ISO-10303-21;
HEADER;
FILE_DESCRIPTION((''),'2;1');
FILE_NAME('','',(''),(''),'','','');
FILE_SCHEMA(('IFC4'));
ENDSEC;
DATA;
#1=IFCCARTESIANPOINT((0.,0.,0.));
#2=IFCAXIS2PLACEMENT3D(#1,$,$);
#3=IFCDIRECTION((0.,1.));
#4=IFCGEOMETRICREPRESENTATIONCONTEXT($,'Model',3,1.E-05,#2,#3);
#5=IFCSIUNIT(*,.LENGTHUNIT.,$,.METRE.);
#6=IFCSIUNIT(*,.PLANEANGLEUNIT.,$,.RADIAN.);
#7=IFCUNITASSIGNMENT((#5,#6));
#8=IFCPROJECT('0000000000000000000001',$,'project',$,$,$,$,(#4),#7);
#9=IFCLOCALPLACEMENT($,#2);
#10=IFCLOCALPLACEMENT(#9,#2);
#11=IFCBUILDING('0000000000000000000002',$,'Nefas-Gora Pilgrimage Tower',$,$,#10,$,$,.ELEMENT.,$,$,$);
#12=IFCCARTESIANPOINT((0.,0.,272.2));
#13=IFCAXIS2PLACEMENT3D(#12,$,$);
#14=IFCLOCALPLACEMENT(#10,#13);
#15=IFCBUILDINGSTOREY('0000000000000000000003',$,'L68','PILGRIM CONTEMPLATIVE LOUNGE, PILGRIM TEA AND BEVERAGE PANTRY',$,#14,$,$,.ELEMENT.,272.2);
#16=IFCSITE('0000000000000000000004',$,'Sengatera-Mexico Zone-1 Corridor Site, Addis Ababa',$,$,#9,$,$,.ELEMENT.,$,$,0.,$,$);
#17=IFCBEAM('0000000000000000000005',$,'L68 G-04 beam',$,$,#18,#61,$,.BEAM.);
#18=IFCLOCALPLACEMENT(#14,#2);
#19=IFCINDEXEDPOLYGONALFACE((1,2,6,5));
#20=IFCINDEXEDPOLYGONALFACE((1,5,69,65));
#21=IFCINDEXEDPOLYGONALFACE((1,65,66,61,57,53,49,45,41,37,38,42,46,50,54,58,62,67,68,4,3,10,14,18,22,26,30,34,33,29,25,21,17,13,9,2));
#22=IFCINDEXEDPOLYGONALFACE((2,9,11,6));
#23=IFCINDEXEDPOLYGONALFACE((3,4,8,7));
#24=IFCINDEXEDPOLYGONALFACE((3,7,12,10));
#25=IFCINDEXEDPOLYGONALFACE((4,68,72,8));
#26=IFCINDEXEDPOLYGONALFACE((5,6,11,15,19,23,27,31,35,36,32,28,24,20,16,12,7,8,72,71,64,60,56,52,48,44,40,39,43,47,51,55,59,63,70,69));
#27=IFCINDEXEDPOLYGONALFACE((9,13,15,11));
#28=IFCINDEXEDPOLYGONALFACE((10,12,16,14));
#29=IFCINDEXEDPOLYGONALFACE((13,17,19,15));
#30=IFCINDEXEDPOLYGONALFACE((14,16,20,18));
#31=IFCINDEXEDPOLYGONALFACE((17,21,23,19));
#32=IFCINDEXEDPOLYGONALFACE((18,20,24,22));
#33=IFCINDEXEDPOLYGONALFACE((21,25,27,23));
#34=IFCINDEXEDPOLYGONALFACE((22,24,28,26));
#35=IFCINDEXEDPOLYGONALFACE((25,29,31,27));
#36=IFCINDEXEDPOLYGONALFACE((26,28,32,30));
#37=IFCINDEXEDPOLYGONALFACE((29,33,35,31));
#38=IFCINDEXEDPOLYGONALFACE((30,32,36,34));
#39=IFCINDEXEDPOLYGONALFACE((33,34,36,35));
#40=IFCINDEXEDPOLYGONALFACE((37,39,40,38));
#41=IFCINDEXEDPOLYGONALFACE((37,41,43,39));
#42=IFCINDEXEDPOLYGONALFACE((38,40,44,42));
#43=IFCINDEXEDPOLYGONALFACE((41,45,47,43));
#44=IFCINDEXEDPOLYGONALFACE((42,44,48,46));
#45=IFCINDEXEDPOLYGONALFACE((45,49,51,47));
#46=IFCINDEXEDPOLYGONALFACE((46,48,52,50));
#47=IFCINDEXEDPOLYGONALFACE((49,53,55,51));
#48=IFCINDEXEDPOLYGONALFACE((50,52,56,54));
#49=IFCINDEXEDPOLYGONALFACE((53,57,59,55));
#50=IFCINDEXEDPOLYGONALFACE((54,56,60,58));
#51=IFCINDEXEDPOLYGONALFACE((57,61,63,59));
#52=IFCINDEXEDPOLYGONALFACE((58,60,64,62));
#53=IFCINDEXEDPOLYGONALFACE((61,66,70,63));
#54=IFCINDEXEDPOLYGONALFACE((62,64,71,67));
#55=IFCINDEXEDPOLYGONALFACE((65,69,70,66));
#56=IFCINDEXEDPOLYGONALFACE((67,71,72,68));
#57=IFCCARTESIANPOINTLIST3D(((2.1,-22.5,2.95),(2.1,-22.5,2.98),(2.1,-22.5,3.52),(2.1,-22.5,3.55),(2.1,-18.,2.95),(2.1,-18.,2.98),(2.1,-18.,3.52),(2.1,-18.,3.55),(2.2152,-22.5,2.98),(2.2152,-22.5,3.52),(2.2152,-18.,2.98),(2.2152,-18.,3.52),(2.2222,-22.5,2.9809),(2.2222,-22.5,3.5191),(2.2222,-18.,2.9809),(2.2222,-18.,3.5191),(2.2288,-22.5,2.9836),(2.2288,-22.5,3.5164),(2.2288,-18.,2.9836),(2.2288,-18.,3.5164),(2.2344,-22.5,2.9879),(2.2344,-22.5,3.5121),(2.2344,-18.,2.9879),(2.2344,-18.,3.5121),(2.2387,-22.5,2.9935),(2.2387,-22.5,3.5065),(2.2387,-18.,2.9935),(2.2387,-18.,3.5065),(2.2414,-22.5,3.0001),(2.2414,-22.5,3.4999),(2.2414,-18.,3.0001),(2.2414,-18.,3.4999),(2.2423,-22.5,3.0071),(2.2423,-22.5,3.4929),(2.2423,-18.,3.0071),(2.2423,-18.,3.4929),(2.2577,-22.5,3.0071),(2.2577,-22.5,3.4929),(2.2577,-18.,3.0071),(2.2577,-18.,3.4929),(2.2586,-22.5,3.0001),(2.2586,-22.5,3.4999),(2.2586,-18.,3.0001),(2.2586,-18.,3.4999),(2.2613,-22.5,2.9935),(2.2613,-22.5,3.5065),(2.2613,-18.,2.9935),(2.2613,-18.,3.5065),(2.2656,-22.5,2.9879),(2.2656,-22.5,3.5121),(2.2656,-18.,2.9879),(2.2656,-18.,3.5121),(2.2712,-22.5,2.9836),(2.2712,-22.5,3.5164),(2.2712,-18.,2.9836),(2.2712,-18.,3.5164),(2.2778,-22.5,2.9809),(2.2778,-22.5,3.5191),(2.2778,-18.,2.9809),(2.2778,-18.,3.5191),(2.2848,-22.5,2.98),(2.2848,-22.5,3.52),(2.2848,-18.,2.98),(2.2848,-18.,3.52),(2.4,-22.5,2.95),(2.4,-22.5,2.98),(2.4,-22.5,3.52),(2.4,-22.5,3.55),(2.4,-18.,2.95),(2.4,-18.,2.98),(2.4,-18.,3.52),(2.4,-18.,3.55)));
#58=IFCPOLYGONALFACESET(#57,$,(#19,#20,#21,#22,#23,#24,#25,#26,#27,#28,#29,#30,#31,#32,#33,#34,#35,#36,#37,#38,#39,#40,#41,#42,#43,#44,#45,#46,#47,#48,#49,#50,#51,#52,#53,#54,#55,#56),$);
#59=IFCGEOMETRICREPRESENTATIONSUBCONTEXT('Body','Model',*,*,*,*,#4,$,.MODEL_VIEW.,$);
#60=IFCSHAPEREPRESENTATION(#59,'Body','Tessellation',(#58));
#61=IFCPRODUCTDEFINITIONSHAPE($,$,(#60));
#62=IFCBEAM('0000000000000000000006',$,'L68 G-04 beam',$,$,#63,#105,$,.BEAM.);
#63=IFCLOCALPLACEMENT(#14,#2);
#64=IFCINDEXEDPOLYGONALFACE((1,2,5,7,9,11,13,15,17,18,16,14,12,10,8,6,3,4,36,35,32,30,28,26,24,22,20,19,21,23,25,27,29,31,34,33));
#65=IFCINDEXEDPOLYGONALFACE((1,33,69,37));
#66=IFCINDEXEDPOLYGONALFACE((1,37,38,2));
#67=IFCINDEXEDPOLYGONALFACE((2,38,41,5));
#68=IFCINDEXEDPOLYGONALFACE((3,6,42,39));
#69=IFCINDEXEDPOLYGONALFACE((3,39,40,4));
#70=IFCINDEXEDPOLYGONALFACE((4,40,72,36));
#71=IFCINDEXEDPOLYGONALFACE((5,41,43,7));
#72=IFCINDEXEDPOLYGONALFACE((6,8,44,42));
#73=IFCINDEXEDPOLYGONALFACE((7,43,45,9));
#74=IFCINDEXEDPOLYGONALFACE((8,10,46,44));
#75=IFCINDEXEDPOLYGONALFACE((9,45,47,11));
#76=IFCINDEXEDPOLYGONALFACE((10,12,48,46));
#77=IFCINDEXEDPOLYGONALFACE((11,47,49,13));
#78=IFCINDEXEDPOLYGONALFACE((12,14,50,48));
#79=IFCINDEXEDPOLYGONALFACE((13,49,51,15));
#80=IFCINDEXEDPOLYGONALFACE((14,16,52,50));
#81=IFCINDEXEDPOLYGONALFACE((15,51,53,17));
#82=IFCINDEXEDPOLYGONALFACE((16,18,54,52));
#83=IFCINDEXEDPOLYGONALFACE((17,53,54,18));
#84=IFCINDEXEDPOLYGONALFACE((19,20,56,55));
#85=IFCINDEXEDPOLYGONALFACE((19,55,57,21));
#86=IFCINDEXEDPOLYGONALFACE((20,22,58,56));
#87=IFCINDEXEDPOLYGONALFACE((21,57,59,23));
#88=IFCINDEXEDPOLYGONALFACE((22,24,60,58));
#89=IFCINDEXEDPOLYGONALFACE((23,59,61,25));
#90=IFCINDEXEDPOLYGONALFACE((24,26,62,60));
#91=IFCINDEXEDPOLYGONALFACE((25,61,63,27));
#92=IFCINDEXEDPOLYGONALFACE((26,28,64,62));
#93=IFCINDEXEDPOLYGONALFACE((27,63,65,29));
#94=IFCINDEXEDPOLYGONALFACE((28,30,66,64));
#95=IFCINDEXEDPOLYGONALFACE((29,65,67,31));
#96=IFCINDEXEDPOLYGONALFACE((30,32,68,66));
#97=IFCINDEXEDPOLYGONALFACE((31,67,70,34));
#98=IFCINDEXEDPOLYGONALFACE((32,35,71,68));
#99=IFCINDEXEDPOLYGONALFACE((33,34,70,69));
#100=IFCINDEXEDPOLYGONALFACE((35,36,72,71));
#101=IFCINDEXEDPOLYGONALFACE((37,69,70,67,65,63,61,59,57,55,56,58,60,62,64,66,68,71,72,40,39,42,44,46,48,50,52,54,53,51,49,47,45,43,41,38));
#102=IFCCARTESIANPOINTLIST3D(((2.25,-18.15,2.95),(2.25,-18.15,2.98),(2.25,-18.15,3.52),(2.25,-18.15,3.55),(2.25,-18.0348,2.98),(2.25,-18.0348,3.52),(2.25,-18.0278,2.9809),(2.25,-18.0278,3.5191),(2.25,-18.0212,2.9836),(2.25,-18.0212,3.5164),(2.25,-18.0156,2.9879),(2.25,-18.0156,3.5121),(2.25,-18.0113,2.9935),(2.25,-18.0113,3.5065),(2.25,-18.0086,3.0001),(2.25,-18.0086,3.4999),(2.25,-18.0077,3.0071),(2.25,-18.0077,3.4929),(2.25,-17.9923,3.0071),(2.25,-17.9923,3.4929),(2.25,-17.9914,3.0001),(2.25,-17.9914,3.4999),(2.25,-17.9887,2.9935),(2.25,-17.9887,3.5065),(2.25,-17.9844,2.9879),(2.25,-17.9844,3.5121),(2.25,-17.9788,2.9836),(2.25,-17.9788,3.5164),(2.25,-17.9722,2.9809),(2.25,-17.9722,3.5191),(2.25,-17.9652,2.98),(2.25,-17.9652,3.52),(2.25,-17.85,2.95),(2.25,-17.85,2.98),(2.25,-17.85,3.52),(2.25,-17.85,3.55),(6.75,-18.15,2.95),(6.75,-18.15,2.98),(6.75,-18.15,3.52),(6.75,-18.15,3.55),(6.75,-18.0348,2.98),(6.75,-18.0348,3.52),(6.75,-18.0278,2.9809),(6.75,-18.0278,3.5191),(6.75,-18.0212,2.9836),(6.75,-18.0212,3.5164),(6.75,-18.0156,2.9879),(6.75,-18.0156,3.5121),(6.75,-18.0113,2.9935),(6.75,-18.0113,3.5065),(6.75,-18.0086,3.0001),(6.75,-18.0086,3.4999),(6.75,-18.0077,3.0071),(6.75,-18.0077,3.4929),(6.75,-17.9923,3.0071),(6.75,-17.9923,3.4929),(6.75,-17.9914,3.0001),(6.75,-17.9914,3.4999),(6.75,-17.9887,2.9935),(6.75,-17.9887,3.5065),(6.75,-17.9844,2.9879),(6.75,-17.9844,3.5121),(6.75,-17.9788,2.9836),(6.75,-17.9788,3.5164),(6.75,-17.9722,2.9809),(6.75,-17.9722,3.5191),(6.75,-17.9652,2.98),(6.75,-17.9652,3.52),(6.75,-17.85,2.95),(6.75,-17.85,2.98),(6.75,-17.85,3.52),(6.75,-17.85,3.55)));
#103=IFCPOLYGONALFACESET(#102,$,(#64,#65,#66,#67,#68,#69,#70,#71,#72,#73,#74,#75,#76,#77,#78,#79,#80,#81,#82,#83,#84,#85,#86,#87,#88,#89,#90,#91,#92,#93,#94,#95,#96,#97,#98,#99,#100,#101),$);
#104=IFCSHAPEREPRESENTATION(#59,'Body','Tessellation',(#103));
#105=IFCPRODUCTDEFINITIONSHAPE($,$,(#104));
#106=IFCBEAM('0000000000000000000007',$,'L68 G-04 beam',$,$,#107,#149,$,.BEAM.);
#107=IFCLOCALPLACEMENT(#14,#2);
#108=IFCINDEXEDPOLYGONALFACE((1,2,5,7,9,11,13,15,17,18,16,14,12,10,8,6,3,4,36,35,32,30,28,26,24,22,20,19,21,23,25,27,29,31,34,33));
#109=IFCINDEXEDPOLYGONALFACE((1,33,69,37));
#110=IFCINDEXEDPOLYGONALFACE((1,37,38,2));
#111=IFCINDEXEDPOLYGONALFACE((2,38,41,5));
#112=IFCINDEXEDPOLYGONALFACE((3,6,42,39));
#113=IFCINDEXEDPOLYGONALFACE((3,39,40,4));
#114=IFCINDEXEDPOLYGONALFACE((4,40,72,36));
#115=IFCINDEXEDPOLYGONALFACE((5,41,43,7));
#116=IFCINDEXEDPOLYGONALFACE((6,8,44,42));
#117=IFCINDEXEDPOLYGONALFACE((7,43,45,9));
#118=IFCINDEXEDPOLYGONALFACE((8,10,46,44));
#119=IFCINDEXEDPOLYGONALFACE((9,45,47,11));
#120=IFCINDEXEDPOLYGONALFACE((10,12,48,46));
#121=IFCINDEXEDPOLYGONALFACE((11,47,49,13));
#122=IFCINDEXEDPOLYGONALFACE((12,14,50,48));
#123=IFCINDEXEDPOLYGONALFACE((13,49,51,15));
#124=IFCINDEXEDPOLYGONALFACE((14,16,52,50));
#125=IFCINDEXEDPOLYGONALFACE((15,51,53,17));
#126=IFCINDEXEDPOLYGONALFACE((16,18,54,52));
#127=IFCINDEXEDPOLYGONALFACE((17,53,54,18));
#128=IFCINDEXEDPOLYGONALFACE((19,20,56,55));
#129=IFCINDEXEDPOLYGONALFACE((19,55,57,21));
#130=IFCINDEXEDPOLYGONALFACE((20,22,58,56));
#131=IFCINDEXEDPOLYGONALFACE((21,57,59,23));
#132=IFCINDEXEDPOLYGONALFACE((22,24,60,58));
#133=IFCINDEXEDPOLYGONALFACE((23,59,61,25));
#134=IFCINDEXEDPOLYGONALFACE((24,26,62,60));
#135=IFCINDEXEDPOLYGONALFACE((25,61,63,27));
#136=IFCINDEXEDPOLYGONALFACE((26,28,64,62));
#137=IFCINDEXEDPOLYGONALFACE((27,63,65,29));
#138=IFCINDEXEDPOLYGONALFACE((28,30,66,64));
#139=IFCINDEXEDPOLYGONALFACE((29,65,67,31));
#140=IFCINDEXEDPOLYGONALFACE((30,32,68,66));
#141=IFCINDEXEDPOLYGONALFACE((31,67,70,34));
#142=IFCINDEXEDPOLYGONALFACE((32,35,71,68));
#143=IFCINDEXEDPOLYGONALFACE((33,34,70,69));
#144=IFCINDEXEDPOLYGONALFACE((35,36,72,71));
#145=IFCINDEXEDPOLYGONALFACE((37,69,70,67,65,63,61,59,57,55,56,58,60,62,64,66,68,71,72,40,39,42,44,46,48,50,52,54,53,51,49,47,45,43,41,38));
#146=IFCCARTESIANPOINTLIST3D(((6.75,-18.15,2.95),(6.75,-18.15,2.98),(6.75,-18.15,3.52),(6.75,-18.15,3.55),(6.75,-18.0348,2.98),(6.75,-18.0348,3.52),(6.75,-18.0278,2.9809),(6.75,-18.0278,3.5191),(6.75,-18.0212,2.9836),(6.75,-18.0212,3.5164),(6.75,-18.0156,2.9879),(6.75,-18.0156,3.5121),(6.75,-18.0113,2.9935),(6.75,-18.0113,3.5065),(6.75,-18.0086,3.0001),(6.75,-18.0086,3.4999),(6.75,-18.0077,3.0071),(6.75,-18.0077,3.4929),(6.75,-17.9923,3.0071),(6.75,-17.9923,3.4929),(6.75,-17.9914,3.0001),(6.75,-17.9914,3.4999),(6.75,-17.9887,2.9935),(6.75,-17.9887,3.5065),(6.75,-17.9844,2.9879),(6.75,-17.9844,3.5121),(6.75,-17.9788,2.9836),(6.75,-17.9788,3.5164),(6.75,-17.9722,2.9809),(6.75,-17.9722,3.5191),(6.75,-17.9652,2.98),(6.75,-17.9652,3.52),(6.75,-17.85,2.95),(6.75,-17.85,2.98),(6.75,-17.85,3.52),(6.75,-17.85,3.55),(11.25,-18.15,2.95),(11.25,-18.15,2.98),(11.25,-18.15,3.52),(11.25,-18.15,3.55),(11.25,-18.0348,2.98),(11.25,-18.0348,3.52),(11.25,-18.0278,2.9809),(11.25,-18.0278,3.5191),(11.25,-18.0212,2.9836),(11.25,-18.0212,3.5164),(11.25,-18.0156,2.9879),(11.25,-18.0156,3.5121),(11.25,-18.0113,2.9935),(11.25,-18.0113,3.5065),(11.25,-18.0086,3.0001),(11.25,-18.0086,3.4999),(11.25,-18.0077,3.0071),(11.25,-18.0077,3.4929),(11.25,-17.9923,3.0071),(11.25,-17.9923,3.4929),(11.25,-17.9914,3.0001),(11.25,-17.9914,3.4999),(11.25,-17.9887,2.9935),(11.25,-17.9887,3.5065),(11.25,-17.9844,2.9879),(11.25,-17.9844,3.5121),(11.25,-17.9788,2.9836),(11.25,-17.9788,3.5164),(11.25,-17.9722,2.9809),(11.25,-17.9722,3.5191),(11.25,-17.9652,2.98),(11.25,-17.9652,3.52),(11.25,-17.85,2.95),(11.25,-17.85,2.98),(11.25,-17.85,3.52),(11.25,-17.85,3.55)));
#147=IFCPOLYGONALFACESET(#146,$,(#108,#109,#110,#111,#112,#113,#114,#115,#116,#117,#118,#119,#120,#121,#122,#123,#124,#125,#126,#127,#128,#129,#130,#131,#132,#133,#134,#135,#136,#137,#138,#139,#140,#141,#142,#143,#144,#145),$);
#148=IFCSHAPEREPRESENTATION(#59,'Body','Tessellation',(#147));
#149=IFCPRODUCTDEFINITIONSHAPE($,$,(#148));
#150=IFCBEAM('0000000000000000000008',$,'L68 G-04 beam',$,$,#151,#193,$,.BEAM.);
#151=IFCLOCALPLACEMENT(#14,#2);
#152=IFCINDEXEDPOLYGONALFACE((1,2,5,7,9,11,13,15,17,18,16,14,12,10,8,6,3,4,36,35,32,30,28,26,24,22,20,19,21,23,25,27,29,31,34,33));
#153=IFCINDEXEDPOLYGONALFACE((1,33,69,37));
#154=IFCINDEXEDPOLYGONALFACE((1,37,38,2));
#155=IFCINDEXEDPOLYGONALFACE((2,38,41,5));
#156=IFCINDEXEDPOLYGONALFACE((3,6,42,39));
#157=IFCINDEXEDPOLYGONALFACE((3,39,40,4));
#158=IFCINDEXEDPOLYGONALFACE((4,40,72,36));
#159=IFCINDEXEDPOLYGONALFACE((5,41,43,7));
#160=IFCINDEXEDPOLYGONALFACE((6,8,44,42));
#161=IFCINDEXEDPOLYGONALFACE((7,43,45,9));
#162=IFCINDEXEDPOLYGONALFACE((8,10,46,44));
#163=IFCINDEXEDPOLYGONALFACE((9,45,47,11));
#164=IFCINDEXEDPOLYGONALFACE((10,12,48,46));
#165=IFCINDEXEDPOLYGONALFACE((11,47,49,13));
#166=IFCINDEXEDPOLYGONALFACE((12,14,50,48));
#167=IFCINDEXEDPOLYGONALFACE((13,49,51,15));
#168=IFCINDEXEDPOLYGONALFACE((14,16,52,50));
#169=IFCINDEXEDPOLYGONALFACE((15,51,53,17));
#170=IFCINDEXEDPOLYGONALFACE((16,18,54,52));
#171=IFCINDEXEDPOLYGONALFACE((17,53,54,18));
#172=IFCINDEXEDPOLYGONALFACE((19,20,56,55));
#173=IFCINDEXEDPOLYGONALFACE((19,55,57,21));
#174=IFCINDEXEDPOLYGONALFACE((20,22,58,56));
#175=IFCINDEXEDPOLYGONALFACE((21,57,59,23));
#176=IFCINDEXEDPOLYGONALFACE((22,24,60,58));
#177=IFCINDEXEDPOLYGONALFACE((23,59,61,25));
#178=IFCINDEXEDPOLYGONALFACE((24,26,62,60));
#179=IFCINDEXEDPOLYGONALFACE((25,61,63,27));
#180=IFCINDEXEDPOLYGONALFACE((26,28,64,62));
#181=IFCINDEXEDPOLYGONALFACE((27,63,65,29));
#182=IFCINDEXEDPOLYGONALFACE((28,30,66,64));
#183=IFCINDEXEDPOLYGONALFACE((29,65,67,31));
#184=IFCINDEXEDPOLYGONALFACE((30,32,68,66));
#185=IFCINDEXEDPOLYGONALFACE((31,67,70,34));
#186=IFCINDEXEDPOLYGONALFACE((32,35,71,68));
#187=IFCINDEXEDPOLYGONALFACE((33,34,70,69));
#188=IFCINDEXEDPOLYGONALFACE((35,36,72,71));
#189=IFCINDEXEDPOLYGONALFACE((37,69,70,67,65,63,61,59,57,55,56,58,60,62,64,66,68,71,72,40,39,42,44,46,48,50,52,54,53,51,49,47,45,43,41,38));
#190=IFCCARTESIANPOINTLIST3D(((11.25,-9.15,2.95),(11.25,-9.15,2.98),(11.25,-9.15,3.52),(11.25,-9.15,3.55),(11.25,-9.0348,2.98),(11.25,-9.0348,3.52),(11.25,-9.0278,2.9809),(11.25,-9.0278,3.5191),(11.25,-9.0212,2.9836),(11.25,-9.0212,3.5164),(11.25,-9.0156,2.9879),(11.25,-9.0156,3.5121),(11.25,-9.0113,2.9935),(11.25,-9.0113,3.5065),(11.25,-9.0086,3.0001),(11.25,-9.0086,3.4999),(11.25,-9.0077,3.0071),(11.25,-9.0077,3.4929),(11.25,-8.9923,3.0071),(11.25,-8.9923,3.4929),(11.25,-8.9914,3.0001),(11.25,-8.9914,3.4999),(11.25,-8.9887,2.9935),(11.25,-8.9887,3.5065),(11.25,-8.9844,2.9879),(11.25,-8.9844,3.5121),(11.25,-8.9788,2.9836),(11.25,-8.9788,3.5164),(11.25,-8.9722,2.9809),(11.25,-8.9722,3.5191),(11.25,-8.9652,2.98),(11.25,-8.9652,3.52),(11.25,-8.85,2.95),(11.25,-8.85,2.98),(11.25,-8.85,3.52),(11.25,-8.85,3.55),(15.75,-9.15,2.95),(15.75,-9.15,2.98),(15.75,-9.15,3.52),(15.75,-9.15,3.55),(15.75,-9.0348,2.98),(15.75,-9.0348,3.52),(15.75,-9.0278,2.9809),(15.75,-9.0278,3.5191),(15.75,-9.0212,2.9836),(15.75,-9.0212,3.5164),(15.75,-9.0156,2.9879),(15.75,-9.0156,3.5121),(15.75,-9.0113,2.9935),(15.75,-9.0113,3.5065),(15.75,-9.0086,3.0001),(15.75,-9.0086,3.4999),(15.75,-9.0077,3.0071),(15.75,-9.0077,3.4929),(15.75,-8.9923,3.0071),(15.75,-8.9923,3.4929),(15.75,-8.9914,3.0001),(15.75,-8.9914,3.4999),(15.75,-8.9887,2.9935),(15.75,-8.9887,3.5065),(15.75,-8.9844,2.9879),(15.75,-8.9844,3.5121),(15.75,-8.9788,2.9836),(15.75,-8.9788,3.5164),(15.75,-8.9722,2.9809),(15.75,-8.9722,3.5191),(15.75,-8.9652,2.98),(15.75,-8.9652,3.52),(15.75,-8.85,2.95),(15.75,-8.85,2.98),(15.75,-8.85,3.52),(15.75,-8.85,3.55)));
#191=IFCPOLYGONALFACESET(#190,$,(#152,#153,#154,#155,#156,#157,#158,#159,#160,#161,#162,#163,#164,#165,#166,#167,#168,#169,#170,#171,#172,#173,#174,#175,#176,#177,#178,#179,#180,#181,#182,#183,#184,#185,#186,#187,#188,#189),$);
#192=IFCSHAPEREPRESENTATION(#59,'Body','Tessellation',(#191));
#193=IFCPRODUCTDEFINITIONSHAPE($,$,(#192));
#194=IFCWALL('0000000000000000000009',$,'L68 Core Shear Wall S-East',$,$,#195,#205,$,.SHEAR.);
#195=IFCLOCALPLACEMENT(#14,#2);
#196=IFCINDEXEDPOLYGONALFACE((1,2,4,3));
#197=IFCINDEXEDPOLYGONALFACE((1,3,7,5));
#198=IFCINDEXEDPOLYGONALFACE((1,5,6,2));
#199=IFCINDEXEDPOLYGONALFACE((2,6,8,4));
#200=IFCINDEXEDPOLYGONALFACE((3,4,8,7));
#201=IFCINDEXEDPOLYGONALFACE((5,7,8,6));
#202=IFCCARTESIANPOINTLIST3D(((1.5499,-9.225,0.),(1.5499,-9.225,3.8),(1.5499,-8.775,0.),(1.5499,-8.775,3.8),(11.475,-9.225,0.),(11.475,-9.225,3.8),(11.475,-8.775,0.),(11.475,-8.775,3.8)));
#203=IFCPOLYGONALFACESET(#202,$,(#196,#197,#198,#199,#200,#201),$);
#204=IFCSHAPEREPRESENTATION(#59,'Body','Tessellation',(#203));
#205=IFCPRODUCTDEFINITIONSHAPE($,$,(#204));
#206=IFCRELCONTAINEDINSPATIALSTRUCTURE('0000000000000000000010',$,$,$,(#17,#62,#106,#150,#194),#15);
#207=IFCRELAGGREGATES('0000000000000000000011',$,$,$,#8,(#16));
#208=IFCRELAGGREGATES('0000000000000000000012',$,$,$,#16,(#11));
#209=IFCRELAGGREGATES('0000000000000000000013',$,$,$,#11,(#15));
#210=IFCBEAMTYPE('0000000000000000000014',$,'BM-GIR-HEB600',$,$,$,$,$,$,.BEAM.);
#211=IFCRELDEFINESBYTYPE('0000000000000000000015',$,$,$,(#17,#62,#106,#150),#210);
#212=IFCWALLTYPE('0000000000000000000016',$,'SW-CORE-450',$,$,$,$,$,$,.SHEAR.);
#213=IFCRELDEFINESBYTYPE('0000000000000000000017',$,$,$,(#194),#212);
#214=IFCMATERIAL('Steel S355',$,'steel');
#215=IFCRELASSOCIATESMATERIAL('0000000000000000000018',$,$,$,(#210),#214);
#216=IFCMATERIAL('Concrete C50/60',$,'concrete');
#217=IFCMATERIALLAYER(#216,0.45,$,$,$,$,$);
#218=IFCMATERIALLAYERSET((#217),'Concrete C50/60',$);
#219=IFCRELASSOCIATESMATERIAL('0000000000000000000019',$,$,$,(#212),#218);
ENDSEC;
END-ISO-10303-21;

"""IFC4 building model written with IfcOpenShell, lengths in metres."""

from ifc_helpers import new_model, si_unit, direction, frame, frame_2d, origin, origin_2d, place, context, subcontext, project, spatial, rectangle, i_section, extrude, source, transform, mapped, material, layer, layer_set, material_profile, profile_set, type_object, element, save


model = new_model("IFC4")

# Units and contexts
model_context = context("Model", 3, precision=1e-05, world=origin(), true_north=direction((0.0, 1.0)))
body_context = subcontext(model_context, "Body", "Model", "MODEL_VIEW")
ifc_project = project(units=[si_unit("LENGTHUNIT", "METRE"), si_unit("PLANEANGLEUNIT", "RADIAN")], contexts=[model_context])

# Site, building, storey
site_placement = place(None, origin())
site = spatial("IfcSite", under=ifc_project, at=site_placement, Name="Sengatera-Mexico Zone-1 Corridor Site, Addis Ababa", CompositionType="ELEMENT", RefElevation=0.0)
building_placement = place(site_placement, origin())
building = spatial("IfcBuilding", under=site, at=building_placement, Name="Nefas-Gora Pilgrimage Tower", CompositionType="ELEMENT")
storey_placement = place(building_placement, frame((0.0, 0.0, 272.2)))
storey = spatial("IfcBuildingStorey", under=building, at=storey_placement, Name="L68", Description="PILGRIM CONTEMPLATIVE LOUNGE, PILGRIM TEA AND BEVERAGE PANTRY", CompositionType="ELEMENT", Elevation=272.2)

# Shared definitions
ifc_material_1 = material(Name="Steel S355", Category="steel")

# Beams
ifc_material_profile_1 = material_profile(ifc_material_1, i_section(OverallWidth=0.3, OverallDepth=0.6001, WebThickness=0.0154, FlangeThickness=0.03, FilletRadius=0.0271, at=origin_2d()), Name="HEB 600")
ifc_profile_set_1 = profile_set([ifc_material_profile_1], Name="Steel S355")
beam_type = type_object("IfcBeamType", Name="BM-GIR-HEB600", PredefinedType="BEAM", material=ifc_profile_set_1)
shared_shape_1 = source(origin(), body_context, "Body", "SweptSolid", [
    extrude(i_section(OverallWidth=0.3, OverallDepth=0.6001, WebThickness=0.0154, FlangeThickness=0.03, FilletRadius=0.0271, at=origin_2d()), origin(), (0.0, 0.0, 1.0), 4.5),
])
for number, where, z_axis, x_axis, name in (
    (1, (2.25, -22.5, 3.25), (0.0, 1.0, 0.0), (-1.0, 0.0, 0.0), "L68 G-04 beam"),
    (2, (2.25, -18.0, 3.25), (1.0, 0.0, 0.0), (0.0, 1.0, 0.0), "L68 G-04 beam"),
    (3, (6.75, -18.0, 3.25), (1.0, 0.0, 0.0), (0.0, 1.0, 0.0), "L68 G-04 beam"),
    (4, (11.25, -9.0, 3.25), (1.0, 0.0, 0.0), (0.0, 1.0, 0.0), "L68 G-04 beam"),
):
    element("IfcBeam", number, at=place(storey_placement, frame(where, z_axis=z_axis, x_axis=x_axis)), inside=storey, type_object=beam_type, Name=name, PredefinedType="BEAM", context=body_context, shape_type="MappedRepresentation", body=[
        mapped(shared_shape_1, transform((0.0, 0.0, 0.0), x_axis=(1.0, 0.0, 0.0), y_axis=(0.0, 1.0, 0.0), z_axis=(0.0, 0.0, 1.0), scale=1.0)),
    ])

# Wall
ifc_material_2 = material(Name="Concrete C50/60", Category="concrete")
ifc_layer_1 = layer(ifc_material_2, 0.45)
ifc_layer_set_1 = layer_set([ifc_layer_1], Name="Concrete C50/60")
wall_type_1 = type_object("IfcWallType", Name="SW-CORE-450", PredefinedType="SHEAR", material=ifc_layer_set_1)
shared_shape_2 = source(origin(), body_context, "Body", "SweptSolid", [
    extrude(rectangle(XDim=9.925, YDim=0.45, at=frame_2d((4.9624, 0.0))), origin(), (0.0, 0.0, 1.0), 3.8),
])
wall_1_placement = place(storey_placement, frame((1.55, -9.0, 0.0), z_axis=(0.0, 0.0, 1.0), x_axis=(1.0, 0.0, 0.0)))
element("IfcWall", 5, at=wall_1_placement, inside=storey, type_object=wall_type_1, Name="L68 Core Shear Wall S-East", PredefinedType="SHEAR", context=body_context, shape_type="MappedRepresentation", body=[
    mapped(shared_shape_2, transform((0.0, 0.0, 0.0), x_axis=(1.0, 0.0, 0.0), y_axis=(0.0, 1.0, 0.0), z_axis=(0.0, 0.0, 1.0), scale=1.0)),
])

save(model, "model.ifc")
